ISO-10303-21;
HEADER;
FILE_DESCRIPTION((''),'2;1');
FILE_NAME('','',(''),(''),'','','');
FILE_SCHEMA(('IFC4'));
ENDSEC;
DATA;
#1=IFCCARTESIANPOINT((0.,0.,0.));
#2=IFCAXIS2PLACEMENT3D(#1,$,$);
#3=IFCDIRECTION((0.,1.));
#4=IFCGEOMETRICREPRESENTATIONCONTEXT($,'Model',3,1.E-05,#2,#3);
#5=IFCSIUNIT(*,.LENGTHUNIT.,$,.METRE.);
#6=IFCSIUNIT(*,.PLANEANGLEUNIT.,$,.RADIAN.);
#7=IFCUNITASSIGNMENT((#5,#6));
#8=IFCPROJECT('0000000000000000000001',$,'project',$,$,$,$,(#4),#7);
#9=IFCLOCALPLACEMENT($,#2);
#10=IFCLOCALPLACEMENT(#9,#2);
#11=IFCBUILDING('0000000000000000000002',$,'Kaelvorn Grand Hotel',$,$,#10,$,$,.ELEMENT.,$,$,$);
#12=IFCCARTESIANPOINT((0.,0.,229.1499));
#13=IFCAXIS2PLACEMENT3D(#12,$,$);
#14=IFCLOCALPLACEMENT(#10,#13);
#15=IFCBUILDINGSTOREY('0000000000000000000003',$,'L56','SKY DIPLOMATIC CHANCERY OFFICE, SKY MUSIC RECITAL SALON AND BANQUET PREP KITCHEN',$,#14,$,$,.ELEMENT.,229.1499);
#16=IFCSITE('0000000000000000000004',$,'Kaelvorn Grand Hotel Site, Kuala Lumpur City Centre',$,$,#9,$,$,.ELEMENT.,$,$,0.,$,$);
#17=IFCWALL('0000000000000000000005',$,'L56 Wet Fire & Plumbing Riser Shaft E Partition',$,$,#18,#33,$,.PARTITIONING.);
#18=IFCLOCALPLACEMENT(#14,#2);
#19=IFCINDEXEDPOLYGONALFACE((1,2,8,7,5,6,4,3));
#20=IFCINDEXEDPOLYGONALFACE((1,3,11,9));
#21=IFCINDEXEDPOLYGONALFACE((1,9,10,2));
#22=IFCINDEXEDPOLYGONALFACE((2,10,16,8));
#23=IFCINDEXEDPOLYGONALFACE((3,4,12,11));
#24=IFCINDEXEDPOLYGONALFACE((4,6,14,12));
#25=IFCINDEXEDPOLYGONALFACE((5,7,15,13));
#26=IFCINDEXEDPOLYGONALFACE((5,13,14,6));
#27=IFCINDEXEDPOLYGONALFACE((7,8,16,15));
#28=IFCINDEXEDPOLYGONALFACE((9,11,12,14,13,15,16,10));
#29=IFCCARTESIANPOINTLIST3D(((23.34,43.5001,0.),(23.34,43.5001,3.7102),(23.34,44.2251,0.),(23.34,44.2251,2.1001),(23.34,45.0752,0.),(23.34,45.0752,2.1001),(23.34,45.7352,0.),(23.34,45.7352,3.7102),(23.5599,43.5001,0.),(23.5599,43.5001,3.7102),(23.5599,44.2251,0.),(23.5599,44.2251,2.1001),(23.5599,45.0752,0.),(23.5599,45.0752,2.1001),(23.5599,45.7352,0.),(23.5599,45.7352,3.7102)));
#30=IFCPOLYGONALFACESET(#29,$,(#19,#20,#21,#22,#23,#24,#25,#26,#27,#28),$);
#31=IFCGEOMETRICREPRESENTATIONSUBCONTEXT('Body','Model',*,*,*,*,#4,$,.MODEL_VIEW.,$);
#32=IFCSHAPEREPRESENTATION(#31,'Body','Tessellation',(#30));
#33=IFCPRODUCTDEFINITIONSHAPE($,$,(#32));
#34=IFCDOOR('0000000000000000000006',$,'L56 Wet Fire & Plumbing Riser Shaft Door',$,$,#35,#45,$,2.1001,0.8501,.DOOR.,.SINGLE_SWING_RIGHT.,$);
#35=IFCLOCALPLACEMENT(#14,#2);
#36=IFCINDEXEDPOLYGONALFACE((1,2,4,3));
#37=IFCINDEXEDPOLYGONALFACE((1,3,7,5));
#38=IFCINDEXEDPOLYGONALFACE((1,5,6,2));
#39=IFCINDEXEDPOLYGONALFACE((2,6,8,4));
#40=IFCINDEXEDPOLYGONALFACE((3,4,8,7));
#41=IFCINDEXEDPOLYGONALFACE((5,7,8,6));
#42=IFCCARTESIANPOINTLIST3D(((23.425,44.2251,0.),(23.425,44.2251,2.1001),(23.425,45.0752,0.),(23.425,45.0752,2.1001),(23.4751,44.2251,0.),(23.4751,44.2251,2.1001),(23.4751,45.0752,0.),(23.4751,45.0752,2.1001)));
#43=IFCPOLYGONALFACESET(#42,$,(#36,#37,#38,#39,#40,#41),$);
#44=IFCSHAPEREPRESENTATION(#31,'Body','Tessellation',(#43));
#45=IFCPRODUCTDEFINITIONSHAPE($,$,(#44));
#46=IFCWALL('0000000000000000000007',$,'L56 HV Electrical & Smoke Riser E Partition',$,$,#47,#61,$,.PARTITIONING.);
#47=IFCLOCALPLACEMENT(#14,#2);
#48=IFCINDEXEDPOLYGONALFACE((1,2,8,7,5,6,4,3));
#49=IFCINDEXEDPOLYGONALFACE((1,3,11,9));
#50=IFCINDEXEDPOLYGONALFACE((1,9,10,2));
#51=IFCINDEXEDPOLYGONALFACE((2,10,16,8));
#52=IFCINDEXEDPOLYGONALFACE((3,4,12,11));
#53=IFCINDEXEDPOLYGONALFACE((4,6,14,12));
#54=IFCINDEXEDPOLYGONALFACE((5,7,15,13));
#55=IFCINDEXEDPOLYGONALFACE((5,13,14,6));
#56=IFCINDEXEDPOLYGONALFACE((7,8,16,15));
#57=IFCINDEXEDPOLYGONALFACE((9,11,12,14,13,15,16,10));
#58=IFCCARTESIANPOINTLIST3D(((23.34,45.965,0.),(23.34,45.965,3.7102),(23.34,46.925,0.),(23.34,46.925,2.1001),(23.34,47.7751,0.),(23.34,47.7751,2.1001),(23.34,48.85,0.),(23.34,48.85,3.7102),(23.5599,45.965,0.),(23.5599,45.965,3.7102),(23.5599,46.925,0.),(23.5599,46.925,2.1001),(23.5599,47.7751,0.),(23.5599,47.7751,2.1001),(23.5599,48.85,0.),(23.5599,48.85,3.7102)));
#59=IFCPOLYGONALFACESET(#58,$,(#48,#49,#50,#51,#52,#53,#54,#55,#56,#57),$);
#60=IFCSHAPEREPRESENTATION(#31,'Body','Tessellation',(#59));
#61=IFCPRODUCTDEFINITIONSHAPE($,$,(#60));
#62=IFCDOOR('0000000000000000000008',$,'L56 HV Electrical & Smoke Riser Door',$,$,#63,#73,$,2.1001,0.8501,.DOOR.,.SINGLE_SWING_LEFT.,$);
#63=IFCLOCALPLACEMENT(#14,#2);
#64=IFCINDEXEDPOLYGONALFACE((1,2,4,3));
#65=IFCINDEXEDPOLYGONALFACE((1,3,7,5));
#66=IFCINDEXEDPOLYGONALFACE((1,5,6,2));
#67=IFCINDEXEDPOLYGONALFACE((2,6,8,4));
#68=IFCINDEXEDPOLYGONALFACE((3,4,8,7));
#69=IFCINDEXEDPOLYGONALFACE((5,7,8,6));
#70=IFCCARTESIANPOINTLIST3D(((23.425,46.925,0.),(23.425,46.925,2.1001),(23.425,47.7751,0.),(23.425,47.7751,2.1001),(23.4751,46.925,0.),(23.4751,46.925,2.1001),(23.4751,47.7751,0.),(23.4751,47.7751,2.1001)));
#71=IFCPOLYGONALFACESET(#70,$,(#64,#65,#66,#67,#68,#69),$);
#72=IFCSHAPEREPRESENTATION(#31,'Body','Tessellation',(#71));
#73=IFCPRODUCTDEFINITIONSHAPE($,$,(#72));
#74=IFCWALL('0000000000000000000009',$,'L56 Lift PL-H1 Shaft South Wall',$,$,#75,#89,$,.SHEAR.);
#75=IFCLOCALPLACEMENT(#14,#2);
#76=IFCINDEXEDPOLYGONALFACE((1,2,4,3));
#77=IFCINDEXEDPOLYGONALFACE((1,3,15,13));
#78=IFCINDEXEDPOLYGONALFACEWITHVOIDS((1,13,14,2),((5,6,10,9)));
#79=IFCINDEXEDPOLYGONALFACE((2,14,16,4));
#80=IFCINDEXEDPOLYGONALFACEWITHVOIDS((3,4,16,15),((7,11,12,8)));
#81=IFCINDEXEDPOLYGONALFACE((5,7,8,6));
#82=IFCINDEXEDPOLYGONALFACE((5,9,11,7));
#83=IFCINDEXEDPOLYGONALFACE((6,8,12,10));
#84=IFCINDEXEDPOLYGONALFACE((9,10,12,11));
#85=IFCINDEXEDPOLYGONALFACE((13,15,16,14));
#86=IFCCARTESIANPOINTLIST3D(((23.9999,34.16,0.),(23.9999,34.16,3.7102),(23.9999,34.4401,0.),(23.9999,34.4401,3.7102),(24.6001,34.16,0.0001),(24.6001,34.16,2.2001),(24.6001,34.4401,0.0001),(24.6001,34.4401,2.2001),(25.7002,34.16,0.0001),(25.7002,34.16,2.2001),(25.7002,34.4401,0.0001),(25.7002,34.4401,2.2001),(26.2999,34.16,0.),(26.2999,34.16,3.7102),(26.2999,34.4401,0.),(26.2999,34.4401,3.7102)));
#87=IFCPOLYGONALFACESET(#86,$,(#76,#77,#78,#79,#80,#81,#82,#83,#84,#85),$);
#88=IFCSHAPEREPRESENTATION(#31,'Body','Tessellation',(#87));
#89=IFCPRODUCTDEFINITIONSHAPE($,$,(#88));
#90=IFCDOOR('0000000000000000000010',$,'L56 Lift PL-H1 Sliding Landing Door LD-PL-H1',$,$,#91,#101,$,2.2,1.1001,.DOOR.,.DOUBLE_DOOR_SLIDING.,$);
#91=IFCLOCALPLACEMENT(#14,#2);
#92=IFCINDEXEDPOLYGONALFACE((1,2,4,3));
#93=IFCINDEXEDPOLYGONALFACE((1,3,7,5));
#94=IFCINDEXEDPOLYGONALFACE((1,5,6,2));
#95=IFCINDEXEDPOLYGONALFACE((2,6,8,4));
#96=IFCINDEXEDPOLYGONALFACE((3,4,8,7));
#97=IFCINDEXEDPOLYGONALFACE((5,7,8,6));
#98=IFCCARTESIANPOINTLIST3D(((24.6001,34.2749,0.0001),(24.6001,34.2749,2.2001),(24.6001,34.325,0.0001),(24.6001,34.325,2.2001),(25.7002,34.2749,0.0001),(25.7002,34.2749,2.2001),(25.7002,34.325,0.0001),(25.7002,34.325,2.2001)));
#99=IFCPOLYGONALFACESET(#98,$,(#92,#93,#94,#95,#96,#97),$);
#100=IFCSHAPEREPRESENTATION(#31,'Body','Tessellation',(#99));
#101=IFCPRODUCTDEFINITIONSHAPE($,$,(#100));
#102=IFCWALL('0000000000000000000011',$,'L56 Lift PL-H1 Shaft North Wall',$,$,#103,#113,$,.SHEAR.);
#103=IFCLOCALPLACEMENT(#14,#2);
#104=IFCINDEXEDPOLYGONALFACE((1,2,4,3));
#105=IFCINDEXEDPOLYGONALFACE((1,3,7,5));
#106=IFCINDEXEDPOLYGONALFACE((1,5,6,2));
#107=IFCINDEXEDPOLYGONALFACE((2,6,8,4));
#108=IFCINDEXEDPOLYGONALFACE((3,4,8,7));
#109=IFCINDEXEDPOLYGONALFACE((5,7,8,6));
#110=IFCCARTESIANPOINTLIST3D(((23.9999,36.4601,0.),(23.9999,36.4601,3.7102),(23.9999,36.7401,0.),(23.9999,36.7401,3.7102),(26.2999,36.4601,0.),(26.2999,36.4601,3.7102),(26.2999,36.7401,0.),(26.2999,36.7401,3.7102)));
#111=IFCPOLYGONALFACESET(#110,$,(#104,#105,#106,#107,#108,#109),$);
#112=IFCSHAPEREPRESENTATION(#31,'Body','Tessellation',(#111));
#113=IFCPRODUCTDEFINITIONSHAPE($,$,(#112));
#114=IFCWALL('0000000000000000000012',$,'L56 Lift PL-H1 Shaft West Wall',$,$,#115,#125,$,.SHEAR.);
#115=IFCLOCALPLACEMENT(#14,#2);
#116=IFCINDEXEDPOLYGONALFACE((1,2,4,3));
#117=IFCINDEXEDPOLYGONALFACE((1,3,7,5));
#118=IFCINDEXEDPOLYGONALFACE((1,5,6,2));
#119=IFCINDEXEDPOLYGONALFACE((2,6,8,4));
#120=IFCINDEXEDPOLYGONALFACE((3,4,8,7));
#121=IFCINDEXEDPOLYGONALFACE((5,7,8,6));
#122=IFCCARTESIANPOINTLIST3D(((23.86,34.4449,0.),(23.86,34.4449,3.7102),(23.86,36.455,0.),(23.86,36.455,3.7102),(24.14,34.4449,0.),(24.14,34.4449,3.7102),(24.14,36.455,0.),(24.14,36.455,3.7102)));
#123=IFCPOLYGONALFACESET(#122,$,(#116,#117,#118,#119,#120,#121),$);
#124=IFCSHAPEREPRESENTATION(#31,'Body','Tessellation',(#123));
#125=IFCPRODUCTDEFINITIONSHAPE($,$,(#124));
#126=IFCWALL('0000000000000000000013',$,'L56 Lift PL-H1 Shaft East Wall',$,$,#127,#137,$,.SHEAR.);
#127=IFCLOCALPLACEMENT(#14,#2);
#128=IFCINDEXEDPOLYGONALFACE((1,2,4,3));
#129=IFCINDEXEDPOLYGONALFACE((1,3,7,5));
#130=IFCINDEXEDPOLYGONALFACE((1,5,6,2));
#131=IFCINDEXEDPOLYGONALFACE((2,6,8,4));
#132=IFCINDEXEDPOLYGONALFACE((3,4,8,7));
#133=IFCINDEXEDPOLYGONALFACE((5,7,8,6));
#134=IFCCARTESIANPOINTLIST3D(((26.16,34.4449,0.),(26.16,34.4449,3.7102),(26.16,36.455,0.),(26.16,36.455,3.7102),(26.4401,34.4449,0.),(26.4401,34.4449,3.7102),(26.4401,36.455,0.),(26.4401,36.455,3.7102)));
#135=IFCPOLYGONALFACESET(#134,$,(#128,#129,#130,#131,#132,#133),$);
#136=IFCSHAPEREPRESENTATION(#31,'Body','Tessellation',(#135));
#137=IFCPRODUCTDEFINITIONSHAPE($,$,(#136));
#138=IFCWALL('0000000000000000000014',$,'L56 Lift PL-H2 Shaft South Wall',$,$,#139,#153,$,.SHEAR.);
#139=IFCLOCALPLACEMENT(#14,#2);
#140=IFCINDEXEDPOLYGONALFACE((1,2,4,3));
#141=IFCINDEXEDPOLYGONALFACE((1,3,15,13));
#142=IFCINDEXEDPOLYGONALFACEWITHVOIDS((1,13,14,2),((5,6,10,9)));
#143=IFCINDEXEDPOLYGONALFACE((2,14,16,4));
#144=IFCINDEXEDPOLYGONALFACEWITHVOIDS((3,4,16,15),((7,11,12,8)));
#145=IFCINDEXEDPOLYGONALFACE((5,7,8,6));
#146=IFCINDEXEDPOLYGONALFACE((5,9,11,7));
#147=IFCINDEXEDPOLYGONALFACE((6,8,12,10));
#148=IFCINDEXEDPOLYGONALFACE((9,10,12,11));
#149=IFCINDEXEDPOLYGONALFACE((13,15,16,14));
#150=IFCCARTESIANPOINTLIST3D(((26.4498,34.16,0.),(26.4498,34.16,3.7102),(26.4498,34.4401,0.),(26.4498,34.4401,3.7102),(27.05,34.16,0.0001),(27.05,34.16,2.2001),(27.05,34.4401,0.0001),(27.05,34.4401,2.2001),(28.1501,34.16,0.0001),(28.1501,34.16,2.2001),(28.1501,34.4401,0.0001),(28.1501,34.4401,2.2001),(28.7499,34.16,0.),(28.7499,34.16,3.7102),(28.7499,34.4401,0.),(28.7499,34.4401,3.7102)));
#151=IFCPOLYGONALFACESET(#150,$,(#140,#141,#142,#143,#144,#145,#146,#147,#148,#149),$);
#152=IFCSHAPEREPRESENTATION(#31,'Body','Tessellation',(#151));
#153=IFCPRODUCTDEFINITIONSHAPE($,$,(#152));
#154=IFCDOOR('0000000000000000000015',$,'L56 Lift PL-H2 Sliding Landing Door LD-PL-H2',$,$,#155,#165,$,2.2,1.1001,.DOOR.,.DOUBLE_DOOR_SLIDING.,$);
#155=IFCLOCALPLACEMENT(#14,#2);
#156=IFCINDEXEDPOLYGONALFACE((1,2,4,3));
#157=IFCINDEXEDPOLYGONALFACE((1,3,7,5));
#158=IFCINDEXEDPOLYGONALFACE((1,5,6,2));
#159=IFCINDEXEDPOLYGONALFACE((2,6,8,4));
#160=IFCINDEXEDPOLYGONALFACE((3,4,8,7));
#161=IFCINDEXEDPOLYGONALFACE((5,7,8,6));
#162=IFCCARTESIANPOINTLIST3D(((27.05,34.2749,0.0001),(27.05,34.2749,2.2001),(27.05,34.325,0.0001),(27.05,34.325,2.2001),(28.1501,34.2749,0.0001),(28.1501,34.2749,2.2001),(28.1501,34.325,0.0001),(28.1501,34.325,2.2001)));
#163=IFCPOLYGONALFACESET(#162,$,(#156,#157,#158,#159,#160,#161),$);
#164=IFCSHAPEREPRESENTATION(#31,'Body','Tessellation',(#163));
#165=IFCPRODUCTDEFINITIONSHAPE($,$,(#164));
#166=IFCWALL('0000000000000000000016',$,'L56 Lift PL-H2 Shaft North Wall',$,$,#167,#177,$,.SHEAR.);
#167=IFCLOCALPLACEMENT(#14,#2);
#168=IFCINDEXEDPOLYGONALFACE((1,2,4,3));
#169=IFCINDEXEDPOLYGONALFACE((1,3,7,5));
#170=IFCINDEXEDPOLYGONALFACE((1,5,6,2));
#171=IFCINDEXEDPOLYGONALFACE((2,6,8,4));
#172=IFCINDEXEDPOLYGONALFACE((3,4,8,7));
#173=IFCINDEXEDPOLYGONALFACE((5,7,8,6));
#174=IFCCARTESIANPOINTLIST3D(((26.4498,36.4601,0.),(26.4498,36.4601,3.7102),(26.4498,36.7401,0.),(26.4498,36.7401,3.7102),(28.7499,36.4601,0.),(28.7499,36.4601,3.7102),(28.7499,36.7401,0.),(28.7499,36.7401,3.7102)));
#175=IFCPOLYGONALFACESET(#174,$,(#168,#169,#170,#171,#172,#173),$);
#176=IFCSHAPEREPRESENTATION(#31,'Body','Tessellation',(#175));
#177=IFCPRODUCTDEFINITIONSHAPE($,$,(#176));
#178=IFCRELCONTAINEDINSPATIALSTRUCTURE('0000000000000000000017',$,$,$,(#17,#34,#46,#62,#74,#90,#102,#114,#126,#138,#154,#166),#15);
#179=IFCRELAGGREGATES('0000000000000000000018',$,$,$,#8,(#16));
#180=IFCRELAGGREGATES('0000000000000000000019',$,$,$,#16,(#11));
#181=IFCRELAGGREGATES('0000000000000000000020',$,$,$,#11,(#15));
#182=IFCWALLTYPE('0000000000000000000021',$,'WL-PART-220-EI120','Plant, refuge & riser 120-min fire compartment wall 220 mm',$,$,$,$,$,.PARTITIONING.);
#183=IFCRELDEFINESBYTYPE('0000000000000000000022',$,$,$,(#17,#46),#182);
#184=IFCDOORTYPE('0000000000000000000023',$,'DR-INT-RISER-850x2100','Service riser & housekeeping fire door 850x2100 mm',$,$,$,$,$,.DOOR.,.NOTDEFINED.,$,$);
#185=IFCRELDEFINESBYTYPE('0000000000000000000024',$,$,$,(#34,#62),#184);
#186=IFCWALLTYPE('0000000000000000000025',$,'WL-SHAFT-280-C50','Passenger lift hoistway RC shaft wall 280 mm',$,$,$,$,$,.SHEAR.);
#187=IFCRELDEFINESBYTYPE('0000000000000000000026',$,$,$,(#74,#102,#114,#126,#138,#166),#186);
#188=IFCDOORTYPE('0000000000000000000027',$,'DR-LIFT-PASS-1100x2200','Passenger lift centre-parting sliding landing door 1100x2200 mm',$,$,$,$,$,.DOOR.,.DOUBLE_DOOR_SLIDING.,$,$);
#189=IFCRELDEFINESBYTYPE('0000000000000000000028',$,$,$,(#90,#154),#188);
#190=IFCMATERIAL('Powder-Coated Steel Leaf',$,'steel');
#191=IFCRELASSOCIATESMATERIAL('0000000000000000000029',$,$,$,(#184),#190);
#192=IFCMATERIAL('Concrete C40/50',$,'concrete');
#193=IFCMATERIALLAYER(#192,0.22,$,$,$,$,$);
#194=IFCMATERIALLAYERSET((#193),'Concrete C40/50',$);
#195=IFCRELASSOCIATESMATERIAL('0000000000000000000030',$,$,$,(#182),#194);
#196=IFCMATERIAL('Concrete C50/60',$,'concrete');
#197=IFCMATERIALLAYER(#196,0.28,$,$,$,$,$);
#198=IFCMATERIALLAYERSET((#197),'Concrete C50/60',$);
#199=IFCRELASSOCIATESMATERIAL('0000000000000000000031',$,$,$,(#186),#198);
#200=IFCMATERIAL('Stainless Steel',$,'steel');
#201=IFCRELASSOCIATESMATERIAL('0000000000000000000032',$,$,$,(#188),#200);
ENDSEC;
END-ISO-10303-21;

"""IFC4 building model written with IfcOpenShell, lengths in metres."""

from ifc_helpers import new_model, si_unit, direction, frame, frame_2d, origin, place, context, subcontext, project, spatial, rectangle, extrude, material, layer, layer_set, type_object, element, fill, save


model = new_model("IFC4")

# Units and contexts
model_context = context("Model", 3, precision=1e-05, world=origin(), true_north=direction((0.0, 1.0)))
body_context = subcontext(model_context, "Body", "Model", "MODEL_VIEW")
ifc_project = project(units=[si_unit("LENGTHUNIT", "METRE"), si_unit("PLANEANGLEUNIT", "RADIAN")], contexts=[model_context])

# Site, building, storey
site_placement = place(None, origin())
site = spatial("IfcSite", under=ifc_project, at=site_placement, Name="Kaelvorn Grand Hotel Site, Kuala Lumpur City Centre", CompositionType="ELEMENT", RefElevation=0.0)
building_placement = place(site_placement, origin())
building = spatial("IfcBuilding", under=site, at=building_placement, Name="Kaelvorn Grand Hotel", CompositionType="ELEMENT")
storey_placement = place(building_placement, frame((0.0, 0.0, 229.1499)))
storey = spatial("IfcBuildingStorey", under=building, at=storey_placement, Name="L56", Description="SKY DIPLOMATIC CHANCERY OFFICE, SKY MUSIC RECITAL SALON AND BANQUET PREP KITCHEN", CompositionType="ELEMENT", Elevation=229.1499)

# Shared definitions
ifc_material_1 = material(Name="Concrete C50/60", Category="concrete")

# Shared definitions
ifc_material_2 = material(Name="Powder-Coated Steel Leaf", Category="steel")
door_type_1 = type_object("IfcDoorType", Name="DR-INT-RISER-850x2100", Description="Service riser & housekeeping fire door 850x2100 mm", OperationType="NOTDEFINED", PredefinedType="DOOR", material=ifc_material_2)

# Shared definitions
ifc_material_3 = material(Name="Concrete C40/50", Category="concrete")
ifc_layer_1 = layer(ifc_material_3, 0.22)
ifc_layer_set_1 = layer_set([ifc_layer_1], Name="Concrete C40/50")
wall_type_1 = type_object("IfcWallType", Name="WL-PART-220-EI120", Description="Plant, refuge & riser 120-min fire compartment wall 220 mm", PredefinedType="PARTITIONING", material=ifc_layer_set_1)

# Walls, openings, doors
wall_1_placement = place(storey_placement, frame((23.45, 43.5, 0.0), z_axis=(0.0, 0.0, 1.0), x_axis=(0.0, 1.0, 0.0)))
wall_1 = element("IfcWall", 1, at=wall_1_placement, inside=storey, type_object=wall_type_1, Name="L56 Wet Fire & Plumbing Riser Shaft E Partition", PredefinedType="PARTITIONING", context=body_context, shape_type="SweptSolid", body=[
    extrude(rectangle(XDim=2.2351, YDim=0.22, at=frame_2d((1.1177, 0.0))), origin(), (0.0, 0.0, 1.0), 3.7102),
])
opening_1_placement = place(wall_1_placement, frame((0.7251, 0.0, 0.0)))
opening_1 = element("IfcOpeningElement", 2, at=opening_1_placement, cuts=wall_1, PredefinedType="OPENING", context=body_context, shape_type="SweptSolid", body=[
    extrude(rectangle(XDim=0.8501, YDim=2.1001, at=frame_2d((0.425, 1.05))), frame((0.0, 0.1201, 0.0), z_axis=(0.0, -1.0, 0.0), x_axis=(1.0, 0.0, 0.0)), (0.0, 0.0, 1.0), 0.24),
])
door_1_placement = place(opening_1_placement, origin())
door_1 = element("IfcDoor", 3, at=door_1_placement, inside=storey, type_object=door_type_1, Name="L56 Wet Fire & Plumbing Riser Shaft Door", OperationType="SINGLE_SWING_RIGHT", OverallHeight=2.1001, OverallWidth=0.8501, PredefinedType="DOOR", context=body_context, shape_type="SweptSolid", body=[
    extrude(rectangle(XDim=0.8501, YDim=2.1001, at=frame_2d((0.425, 1.05))), frame((0.0, 0.0249, 0.0), z_axis=(0.0, -1.0, 0.0), x_axis=(1.0, 0.0, 0.0)), (0.0, 0.0, 1.0), 0.05),
])
fill(opening_1, door_1)
wall_2_placement = place(storey_placement, frame((23.45, 45.9651, 0.0), z_axis=(0.0, 0.0, 1.0), x_axis=(0.0, 1.0, 0.0)))
wall_2 = element("IfcWall", 4, at=wall_2_placement, inside=storey, type_object=wall_type_1, Name="L56 HV Electrical & Smoke Riser E Partition", PredefinedType="PARTITIONING", context=body_context, shape_type="SweptSolid", body=[
    extrude(rectangle(XDim=2.885, YDim=0.22, at=frame_2d((1.4424, 0.0))), origin(), (0.0, 0.0, 1.0), 3.7102),
])
opening_2_placement = place(wall_2_placement, frame((0.96, 0.0, 0.0)))
opening_2 = element("IfcOpeningElement", 5, at=opening_2_placement, cuts=wall_2, PredefinedType="OPENING", context=body_context, shape_type="SweptSolid", body=[
    extrude(rectangle(XDim=0.8501, YDim=2.1001, at=frame_2d((0.425, 1.05))), frame((0.0, 0.1201, 0.0), z_axis=(0.0, -1.0, 0.0), x_axis=(1.0, 0.0, 0.0)), (0.0, 0.0, 1.0), 0.24),
])
door_2_placement = place(opening_2_placement, origin())
door_2 = element("IfcDoor", 6, at=door_2_placement, inside=storey, type_object=door_type_1, Name="L56 HV Electrical & Smoke Riser Door", OperationType="SINGLE_SWING_LEFT", OverallHeight=2.1001, OverallWidth=0.8501, PredefinedType="DOOR", context=body_context, shape_type="SweptSolid", body=[
    extrude(rectangle(XDim=0.8501, YDim=2.1001, at=frame_2d((0.425, 1.05))), frame((0.0, 0.0249, 0.0), z_axis=(0.0, -1.0, 0.0), x_axis=(1.0, 0.0, 0.0)), (0.0, 0.0, 1.0), 0.05),
])
fill(opening_2, door_2)
ifc_layer_2 = layer(ifc_material_1, 0.28)
ifc_layer_set_2 = layer_set([ifc_layer_2], Name="Concrete C50/60")
wall_type_2 = type_object("IfcWallType", Name="WL-SHAFT-280-C50", Description="Passenger lift hoistway RC shaft wall 280 mm", PredefinedType="SHEAR", material=ifc_layer_set_2)
wall_3_placement = place(storey_placement, frame((24.0, 34.3, 0.0), z_axis=(0.0, 0.0, 1.0), x_axis=(1.0, 0.0, 0.0)))
wall_3 = element("IfcWall", 7, at=wall_3_placement, inside=storey, type_object=wall_type_2, Name="L56 Lift PL-H1 Shaft South Wall", PredefinedType="SHEAR", context=body_context, shape_type="SweptSolid", body=[
    extrude(rectangle(XDim=2.3, YDim=0.28, at=frame_2d((1.1499, 0.0))), origin(), (0.0, 0.0, 1.0), 3.7102),
])
opening_3_placement = place(wall_3_placement, frame((0.6001, 0.0, 0.0)))
opening_3 = element("IfcOpeningElement", 8, at=opening_3_placement, cuts=wall_3, PredefinedType="OPENING", context=body_context, shape_type="SweptSolid", body=[
    extrude(rectangle(XDim=1.1001, YDim=2.2, at=frame_2d((0.55, 1.1001))), frame((0.0, 0.1499, 0.0), z_axis=(0.0, -1.0, 0.0), x_axis=(1.0, 0.0, 0.0)), (0.0, 0.0, 1.0), 0.3),
])
ifc_material_4 = material(Name="Stainless Steel", Category="steel")
door_type_2 = type_object("IfcDoorType", Name="DR-LIFT-PASS-1100x2200", Description="Passenger lift centre-parting sliding landing door 1100x2200 mm", OperationType="DOUBLE_DOOR_SLIDING", PredefinedType="DOOR", material=ifc_material_4)
door_3_placement = place(opening_3_placement, origin())
door_3 = element("IfcDoor", 9, at=door_3_placement, inside=storey, type_object=door_type_2, Name="L56 Lift PL-H1 Sliding Landing Door LD-PL-H1", OperationType="DOUBLE_DOOR_SLIDING", OverallHeight=2.2, OverallWidth=1.1001, PredefinedType="DOOR", context=body_context, shape_type="SweptSolid", body=[
    extrude(rectangle(XDim=1.1001, YDim=2.2, at=frame_2d((0.55, 1.1001))), frame((0.0, 0.0249, 0.0), z_axis=(0.0, -1.0, 0.0), x_axis=(1.0, 0.0, 0.0)), (0.0, 0.0, 1.0), 0.05),
])
fill(opening_3, door_3)

# Walls
wall_4_placement = place(storey_placement, frame((24.0, 36.6001, 0.0), z_axis=(0.0, 0.0, 1.0), x_axis=(1.0, 0.0, 0.0)))
element("IfcWall", 10, at=wall_4_placement, inside=storey, type_object=wall_type_2, Name="L56 Lift PL-H1 Shaft North Wall", PredefinedType="SHEAR", context=body_context, shape_type="SweptSolid", body=[
    extrude(rectangle(XDim=2.3, YDim=0.28, at=frame_2d((1.1499, 0.0))), origin(), (0.0, 0.0, 1.0), 3.7102),
])
for number, where, z_axis, x_axis, name in (
    (11, (24.0, 34.4451, 0.0), (0.0, 0.0, 1.0), (0.0, 1.0, 0.0), "L56 Lift PL-H1 Shaft West Wall"),
    (12, (26.3, 34.4451, 0.0), (0.0, 0.0, 1.0), (0.0, 1.0, 0.0), "L56 Lift PL-H1 Shaft East Wall"),
):
    element("IfcWall", number, at=place(storey_placement, frame(where, z_axis=z_axis, x_axis=x_axis)), inside=storey, type_object=wall_type_2, Name=name, PredefinedType="SHEAR", context=body_context, shape_type="SweptSolid", body=[
        extrude(rectangle(XDim=2.01, YDim=0.28, at=frame_2d((1.0049, 0.0))), origin(), (0.0, 0.0, 1.0), 3.7102),
    ])

# Wall, opening, door
wall_5_placement = place(storey_placement, frame((26.45, 34.3, 0.0), z_axis=(0.0, 0.0, 1.0), x_axis=(1.0, 0.0, 0.0)))
wall_5 = element("IfcWall", 13, at=wall_5_placement, inside=storey, type_object=wall_type_2, Name="L56 Lift PL-H2 Shaft South Wall", PredefinedType="SHEAR", context=body_context, shape_type="SweptSolid", body=[
    extrude(rectangle(XDim=2.3, YDim=0.28, at=frame_2d((1.1499, 0.0))), origin(), (0.0, 0.0, 1.0), 3.7102),
])
opening_4_placement = place(wall_5_placement, frame((0.6001, 0.0, 0.0)))
opening_4 = element("IfcOpeningElement", 14, at=opening_4_placement, cuts=wall_5, PredefinedType="OPENING", context=body_context, shape_type="SweptSolid", body=[
    extrude(rectangle(XDim=1.1001, YDim=2.2, at=frame_2d((0.55, 1.1001))), frame((0.0, 0.1499, 0.0), z_axis=(0.0, -1.0, 0.0), x_axis=(1.0, 0.0, 0.0)), (0.0, 0.0, 1.0), 0.3),
])
door_4_placement = place(opening_4_placement, origin())
door_4 = element("IfcDoor", 15, at=door_4_placement, inside=storey, type_object=door_type_2, Name="L56 Lift PL-H2 Sliding Landing Door LD-PL-H2", OperationType="DOUBLE_DOOR_SLIDING", OverallHeight=2.2, OverallWidth=1.1001, PredefinedType="DOOR", context=body_context, shape_type="SweptSolid", body=[
    extrude(rectangle(XDim=1.1001, YDim=2.2, at=frame_2d((0.55, 1.1001))), frame((0.0, 0.0249, 0.0), z_axis=(0.0, -1.0, 0.0), x_axis=(1.0, 0.0, 0.0)), (0.0, 0.0, 1.0), 0.05),
])
fill(opening_4, door_4)

# Wall
wall_6_placement = place(storey_placement, frame((26.45, 36.6001, 0.0), z_axis=(0.0, 0.0, 1.0), x_axis=(1.0, 0.0, 0.0)))
element("IfcWall", 16, at=wall_6_placement, inside=storey, type_object=wall_type_2, Name="L56 Lift PL-H2 Shaft North Wall", PredefinedType="SHEAR", context=body_context, shape_type="SweptSolid", body=[
    extrude(rectangle(XDim=2.3, YDim=0.28, at=frame_2d((1.1499, 0.0))), origin(), (0.0, 0.0, 1.0), 3.7102),
])

save(model, "model.ifc")
